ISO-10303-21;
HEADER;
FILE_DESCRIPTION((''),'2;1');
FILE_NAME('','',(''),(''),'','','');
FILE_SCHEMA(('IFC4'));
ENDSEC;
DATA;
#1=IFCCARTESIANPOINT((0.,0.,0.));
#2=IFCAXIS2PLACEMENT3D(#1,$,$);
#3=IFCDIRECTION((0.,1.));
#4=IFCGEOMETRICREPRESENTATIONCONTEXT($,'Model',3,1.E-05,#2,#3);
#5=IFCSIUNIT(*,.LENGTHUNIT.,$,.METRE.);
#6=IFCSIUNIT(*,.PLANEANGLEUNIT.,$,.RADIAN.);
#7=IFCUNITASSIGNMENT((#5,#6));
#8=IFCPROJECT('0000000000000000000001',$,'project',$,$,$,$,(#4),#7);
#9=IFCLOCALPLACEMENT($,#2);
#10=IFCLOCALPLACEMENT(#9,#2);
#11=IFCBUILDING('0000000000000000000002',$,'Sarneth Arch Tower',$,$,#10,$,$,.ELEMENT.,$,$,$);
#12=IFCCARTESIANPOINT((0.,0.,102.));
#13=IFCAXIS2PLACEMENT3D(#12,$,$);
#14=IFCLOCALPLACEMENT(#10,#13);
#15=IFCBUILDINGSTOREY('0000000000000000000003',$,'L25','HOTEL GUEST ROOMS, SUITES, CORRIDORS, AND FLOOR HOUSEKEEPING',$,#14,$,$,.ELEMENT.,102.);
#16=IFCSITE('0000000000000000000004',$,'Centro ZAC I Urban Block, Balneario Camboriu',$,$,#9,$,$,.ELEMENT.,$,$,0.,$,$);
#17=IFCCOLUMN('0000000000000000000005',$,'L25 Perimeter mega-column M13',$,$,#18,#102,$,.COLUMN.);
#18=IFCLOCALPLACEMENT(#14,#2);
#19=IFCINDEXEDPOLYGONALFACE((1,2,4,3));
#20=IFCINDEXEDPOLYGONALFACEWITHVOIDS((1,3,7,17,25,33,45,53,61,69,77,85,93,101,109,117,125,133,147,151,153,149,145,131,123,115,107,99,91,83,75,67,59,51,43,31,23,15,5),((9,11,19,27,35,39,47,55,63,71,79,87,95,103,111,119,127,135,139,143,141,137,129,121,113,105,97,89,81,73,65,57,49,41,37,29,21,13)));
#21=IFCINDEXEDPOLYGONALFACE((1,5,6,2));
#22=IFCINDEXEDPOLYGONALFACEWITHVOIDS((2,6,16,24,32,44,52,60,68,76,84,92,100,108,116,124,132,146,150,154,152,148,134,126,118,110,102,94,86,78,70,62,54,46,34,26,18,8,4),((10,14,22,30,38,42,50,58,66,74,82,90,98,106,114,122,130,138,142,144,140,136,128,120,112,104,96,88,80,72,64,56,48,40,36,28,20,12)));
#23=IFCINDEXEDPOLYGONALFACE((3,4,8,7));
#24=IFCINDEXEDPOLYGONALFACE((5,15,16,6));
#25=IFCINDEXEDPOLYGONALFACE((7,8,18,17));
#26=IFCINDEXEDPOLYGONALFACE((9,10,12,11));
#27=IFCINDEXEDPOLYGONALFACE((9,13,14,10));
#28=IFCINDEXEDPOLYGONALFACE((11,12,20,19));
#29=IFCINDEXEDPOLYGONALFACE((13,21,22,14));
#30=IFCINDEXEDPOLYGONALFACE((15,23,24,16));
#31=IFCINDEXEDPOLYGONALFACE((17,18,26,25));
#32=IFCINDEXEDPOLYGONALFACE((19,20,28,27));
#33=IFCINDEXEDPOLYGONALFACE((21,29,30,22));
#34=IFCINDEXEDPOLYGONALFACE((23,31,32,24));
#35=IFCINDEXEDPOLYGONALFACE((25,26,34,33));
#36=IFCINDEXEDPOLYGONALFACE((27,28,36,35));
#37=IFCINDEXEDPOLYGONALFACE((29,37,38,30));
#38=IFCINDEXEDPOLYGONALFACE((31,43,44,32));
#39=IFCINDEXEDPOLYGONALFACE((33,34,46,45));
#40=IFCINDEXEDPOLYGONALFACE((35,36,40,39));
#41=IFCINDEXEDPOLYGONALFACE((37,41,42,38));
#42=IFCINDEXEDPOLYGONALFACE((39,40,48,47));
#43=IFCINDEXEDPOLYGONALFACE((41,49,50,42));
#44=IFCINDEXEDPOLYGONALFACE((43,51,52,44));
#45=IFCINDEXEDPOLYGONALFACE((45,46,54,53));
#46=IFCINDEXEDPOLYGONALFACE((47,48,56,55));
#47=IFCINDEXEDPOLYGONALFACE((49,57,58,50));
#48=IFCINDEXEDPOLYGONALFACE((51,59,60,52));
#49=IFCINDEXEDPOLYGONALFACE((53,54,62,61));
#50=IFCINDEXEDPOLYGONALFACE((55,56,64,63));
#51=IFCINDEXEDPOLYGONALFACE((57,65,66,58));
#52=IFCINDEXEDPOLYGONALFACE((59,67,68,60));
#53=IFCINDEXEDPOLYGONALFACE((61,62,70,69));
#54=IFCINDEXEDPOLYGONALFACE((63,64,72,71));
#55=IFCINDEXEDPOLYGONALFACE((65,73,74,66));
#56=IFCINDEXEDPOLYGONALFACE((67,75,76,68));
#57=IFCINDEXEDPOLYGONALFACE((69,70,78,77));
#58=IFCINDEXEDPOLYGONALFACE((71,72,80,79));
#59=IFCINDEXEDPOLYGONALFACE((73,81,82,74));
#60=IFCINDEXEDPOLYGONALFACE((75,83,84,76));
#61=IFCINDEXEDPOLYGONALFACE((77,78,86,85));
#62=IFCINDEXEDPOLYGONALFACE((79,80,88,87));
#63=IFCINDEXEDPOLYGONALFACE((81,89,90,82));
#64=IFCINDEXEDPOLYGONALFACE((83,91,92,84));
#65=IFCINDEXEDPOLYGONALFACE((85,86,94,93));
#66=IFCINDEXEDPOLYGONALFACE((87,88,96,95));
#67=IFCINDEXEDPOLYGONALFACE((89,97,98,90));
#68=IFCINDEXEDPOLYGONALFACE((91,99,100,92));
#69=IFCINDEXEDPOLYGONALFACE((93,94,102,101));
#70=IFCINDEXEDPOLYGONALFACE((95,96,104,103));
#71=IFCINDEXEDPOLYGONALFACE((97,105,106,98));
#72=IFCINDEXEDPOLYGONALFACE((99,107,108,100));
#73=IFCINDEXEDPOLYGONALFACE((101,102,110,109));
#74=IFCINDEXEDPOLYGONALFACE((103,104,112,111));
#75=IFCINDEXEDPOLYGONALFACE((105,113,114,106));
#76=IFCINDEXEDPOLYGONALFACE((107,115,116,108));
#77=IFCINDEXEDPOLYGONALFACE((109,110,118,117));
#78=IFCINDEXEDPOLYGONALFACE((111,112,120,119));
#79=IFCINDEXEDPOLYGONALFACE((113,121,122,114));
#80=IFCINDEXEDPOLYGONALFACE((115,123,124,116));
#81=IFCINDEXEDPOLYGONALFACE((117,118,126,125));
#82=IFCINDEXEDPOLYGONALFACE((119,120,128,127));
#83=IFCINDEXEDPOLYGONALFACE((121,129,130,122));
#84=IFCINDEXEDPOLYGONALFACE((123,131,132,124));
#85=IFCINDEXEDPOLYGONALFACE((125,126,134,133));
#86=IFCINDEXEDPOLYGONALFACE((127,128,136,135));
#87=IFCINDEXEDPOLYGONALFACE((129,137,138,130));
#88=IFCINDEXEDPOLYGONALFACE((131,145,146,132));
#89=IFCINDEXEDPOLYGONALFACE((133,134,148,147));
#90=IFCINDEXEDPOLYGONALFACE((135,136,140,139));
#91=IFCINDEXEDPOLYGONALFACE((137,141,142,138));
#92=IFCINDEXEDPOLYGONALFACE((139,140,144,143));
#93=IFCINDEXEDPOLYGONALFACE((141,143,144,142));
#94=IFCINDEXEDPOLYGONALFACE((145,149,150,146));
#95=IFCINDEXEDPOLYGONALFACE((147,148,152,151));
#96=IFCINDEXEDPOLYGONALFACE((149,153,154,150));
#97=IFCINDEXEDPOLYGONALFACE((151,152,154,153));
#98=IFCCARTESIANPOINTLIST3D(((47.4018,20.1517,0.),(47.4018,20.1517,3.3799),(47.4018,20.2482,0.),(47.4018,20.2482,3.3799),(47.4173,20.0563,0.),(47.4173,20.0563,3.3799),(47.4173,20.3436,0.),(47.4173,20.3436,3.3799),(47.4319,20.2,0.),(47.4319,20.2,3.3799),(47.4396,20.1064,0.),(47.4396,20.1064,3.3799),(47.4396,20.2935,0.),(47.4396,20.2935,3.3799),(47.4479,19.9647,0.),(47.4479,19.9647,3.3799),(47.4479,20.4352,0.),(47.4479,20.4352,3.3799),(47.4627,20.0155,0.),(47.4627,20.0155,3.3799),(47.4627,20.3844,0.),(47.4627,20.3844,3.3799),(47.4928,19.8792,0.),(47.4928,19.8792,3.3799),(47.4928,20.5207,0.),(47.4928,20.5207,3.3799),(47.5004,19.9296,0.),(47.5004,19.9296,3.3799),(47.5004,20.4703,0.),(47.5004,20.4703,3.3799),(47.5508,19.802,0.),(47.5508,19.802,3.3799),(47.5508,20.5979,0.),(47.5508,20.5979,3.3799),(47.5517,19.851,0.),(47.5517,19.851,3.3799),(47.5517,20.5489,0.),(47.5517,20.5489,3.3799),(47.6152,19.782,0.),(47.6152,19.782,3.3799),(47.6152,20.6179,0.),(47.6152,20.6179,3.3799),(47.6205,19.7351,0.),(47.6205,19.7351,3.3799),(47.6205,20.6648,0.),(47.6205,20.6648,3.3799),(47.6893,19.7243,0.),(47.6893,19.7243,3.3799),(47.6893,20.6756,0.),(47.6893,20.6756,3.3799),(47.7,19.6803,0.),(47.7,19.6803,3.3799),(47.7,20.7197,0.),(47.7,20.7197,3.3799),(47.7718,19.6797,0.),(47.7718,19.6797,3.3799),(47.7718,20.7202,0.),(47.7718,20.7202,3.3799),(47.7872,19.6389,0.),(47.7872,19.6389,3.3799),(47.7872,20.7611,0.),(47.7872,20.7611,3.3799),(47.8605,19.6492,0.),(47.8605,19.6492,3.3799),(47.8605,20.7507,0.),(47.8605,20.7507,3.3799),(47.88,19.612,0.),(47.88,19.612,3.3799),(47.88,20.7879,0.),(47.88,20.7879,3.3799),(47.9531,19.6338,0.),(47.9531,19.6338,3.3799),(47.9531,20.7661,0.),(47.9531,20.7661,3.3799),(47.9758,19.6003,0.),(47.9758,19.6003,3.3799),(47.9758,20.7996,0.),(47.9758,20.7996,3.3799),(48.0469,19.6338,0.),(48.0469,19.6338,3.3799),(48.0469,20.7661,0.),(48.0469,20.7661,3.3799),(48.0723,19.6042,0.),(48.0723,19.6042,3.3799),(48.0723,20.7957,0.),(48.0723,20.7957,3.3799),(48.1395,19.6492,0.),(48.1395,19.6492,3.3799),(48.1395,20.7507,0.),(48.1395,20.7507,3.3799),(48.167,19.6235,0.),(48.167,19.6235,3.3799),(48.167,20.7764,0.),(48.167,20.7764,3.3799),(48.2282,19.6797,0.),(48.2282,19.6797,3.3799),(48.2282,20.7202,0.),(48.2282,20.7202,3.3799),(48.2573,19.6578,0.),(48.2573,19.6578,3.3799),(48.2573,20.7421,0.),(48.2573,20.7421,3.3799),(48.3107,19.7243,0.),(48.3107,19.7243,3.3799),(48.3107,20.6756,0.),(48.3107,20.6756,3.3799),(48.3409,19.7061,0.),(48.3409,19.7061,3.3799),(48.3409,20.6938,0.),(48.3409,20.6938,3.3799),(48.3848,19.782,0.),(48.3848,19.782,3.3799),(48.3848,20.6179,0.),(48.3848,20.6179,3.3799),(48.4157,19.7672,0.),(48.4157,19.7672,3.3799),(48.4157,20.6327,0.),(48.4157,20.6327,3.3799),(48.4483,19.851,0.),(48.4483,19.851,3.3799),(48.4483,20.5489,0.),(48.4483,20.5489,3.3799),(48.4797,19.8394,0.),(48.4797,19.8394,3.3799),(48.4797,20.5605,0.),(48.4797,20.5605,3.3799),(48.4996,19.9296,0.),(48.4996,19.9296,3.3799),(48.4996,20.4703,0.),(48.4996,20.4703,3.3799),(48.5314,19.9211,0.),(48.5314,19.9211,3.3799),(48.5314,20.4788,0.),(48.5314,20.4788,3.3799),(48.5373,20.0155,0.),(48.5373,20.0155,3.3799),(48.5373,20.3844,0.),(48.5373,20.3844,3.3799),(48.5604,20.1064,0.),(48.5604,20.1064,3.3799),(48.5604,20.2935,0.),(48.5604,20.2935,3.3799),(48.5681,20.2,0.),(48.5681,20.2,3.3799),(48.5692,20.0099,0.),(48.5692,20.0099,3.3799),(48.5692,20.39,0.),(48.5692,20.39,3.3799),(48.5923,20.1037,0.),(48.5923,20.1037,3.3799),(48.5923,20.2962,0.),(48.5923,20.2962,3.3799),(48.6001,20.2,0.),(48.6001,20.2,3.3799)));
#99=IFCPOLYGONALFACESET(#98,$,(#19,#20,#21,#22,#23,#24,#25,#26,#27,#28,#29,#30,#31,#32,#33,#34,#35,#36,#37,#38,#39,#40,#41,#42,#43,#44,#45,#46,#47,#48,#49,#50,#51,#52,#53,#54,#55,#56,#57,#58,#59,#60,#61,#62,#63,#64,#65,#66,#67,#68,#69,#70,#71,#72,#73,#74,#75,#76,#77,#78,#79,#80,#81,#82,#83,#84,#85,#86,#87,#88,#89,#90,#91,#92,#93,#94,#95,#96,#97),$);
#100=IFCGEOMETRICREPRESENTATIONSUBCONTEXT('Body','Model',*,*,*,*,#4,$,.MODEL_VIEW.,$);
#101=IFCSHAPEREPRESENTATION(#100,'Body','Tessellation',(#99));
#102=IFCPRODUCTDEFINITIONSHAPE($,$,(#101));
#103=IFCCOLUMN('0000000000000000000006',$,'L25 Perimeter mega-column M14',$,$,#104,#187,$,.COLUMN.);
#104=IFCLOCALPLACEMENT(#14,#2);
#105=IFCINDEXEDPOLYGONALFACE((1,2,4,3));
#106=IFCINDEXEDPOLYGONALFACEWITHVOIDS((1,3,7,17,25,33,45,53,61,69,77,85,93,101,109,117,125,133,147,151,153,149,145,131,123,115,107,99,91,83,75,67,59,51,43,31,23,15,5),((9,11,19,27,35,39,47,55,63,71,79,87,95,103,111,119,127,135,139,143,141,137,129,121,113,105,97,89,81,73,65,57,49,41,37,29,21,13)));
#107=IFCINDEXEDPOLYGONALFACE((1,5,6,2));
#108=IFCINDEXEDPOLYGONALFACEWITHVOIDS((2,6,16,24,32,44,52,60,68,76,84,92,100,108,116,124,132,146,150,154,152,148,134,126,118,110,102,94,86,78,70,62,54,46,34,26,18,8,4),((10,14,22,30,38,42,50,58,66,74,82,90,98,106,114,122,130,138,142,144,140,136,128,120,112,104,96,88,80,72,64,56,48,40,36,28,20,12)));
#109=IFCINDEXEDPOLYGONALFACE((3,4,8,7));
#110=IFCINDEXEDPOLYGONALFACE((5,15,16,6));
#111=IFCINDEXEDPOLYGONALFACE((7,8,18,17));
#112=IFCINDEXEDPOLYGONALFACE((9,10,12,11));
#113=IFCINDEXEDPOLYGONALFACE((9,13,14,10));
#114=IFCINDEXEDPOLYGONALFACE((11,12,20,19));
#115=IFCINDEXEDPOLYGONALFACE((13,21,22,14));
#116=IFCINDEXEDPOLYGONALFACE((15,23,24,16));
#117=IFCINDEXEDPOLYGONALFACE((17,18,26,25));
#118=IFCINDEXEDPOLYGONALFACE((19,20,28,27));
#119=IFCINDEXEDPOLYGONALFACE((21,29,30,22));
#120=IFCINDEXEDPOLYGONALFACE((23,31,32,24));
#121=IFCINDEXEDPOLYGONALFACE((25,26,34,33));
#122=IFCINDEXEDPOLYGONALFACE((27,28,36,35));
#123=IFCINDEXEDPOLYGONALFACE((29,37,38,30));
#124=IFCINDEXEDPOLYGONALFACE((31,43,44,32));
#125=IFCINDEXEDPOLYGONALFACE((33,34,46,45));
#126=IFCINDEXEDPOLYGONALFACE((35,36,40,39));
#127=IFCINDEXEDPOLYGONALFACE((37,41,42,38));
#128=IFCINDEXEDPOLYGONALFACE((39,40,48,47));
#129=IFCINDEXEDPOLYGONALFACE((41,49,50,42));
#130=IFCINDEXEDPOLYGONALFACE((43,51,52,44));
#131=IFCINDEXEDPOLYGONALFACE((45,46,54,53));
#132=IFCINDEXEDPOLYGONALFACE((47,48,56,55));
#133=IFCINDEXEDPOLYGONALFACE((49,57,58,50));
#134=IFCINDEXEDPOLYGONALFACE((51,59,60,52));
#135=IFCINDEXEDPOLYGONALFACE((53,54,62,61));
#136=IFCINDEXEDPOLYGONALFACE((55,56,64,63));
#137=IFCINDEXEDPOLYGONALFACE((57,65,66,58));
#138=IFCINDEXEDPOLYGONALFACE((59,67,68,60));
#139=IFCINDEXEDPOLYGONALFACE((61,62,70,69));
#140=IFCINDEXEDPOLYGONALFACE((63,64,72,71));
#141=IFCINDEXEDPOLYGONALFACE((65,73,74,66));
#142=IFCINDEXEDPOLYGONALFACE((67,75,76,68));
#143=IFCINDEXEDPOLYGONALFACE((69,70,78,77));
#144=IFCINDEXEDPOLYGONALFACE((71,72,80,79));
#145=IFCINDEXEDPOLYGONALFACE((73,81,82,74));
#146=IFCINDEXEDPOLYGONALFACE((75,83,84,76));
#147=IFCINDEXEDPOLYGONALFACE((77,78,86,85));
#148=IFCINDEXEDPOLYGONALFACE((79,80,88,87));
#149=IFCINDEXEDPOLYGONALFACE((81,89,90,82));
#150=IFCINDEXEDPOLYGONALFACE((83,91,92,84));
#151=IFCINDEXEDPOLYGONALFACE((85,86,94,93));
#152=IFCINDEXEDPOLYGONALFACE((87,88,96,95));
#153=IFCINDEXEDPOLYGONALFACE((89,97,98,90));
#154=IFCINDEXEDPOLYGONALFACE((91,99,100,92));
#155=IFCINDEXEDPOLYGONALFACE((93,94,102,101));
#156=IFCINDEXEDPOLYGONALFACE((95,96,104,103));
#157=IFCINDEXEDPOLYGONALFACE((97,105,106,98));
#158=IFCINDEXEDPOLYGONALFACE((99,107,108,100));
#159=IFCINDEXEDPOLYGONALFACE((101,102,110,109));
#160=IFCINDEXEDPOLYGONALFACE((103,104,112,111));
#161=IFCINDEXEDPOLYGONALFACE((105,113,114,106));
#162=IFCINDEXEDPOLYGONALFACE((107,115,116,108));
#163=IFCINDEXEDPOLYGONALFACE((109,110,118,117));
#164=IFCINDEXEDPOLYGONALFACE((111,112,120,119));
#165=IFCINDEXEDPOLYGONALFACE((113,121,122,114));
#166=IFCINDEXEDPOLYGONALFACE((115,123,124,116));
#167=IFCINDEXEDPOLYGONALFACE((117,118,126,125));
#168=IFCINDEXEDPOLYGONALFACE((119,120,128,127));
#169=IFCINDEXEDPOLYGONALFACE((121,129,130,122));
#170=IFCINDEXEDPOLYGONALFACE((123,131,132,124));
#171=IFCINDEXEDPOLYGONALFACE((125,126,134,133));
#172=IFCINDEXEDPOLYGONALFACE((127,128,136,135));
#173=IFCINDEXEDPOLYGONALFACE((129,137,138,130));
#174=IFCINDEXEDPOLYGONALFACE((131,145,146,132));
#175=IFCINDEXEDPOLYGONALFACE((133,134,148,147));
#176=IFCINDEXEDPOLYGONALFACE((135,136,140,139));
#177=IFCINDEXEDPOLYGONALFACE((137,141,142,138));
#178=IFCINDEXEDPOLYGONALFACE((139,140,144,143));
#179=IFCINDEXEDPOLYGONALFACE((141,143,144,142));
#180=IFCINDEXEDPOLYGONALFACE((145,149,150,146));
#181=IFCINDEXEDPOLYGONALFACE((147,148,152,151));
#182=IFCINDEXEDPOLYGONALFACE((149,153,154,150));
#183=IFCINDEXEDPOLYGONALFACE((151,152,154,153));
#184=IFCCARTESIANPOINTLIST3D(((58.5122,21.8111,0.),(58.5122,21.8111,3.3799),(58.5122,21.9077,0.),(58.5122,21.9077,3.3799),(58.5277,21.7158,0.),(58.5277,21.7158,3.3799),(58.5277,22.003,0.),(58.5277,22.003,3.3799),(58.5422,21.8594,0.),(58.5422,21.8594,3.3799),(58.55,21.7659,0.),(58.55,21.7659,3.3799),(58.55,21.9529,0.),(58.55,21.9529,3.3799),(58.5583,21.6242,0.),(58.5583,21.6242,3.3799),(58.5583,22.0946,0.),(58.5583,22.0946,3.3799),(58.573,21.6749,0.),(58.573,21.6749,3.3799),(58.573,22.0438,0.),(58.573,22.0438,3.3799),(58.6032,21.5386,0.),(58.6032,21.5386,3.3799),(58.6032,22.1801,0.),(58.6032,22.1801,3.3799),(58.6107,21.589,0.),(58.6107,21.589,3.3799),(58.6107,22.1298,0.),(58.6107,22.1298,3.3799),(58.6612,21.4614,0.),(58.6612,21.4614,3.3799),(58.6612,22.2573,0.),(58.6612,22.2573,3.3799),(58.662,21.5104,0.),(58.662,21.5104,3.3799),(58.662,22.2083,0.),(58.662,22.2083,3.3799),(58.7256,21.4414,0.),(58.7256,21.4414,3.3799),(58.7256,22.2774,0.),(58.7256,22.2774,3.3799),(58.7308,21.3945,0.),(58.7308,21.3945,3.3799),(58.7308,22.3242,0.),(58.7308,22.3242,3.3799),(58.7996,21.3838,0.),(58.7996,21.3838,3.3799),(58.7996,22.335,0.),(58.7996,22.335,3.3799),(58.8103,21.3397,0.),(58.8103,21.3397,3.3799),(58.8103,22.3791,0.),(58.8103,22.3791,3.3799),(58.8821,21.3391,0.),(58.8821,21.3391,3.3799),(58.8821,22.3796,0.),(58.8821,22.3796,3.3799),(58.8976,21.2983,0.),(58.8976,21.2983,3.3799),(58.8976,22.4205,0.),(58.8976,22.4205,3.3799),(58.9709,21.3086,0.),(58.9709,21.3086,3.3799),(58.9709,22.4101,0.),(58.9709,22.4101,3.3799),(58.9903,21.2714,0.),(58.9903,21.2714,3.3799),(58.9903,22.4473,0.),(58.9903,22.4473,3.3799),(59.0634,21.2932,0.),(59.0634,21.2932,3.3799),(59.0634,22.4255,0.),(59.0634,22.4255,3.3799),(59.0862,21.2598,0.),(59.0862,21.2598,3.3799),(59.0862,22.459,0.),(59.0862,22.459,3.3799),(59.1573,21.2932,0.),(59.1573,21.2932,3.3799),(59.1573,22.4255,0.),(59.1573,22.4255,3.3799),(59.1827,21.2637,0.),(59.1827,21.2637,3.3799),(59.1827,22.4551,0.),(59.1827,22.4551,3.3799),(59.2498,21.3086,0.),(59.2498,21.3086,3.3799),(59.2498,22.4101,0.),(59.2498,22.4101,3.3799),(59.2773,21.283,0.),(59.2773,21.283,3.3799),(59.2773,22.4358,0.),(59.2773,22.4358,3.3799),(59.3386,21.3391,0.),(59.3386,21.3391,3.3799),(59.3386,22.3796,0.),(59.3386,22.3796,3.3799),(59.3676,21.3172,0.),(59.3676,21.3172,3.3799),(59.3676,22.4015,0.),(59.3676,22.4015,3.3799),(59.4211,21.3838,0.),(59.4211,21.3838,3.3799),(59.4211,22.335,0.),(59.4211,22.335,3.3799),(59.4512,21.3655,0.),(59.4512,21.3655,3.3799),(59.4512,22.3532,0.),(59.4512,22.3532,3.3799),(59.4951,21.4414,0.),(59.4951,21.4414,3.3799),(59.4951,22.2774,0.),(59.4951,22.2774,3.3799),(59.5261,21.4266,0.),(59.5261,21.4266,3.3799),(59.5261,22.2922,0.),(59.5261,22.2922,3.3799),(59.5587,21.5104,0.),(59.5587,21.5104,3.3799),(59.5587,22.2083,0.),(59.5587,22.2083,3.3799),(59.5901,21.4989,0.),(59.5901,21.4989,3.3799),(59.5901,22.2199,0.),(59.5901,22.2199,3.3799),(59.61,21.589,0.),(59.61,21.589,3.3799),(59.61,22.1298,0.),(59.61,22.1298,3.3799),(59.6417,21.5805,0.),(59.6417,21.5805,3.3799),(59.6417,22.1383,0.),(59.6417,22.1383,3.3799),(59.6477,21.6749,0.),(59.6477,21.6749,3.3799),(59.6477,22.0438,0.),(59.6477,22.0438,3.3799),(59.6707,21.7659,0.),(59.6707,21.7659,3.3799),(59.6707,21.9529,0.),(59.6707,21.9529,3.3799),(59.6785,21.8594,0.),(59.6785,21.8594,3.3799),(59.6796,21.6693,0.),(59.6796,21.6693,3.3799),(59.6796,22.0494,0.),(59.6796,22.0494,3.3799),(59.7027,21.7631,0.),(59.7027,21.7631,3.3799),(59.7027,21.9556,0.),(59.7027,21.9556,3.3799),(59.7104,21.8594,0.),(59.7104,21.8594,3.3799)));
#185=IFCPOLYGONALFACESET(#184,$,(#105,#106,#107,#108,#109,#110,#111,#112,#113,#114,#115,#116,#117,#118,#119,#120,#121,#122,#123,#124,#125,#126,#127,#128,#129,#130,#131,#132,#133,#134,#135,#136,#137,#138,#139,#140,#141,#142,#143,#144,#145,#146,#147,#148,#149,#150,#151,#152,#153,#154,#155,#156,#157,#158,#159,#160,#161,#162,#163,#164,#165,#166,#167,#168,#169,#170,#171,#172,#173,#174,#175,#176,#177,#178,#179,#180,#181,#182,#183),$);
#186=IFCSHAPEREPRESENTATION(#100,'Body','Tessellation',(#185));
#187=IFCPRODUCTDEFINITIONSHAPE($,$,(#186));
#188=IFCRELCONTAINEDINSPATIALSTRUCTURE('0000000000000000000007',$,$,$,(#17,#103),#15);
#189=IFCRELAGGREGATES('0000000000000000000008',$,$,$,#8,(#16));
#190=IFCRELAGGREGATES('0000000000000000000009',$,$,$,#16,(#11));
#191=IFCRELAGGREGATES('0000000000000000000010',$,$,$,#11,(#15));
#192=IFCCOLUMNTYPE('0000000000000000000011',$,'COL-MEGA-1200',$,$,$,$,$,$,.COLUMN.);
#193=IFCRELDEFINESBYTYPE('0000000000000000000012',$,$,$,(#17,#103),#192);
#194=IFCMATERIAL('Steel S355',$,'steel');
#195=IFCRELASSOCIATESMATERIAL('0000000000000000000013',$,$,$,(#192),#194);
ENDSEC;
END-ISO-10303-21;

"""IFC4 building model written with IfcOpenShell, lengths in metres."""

from ifc_helpers import new_model, si_unit, direction, frame, origin, origin_2d, place, context, subcontext, project, spatial, hollow_circle, extrude, material, material_profile, profile_set, type_object, element, save


model = new_model("IFC4")

# Units and contexts
model_context = context("Model", 3, precision=1e-05, world=origin(), true_north=direction((0.0, 1.0)))
body_context = subcontext(model_context, "Body", "Model", "MODEL_VIEW")
ifc_project = project(units=[si_unit("LENGTHUNIT", "METRE"), si_unit("PLANEANGLEUNIT", "RADIAN")], contexts=[model_context])

# Site, building, storey
site_placement = place(None, origin())
site = spatial("IfcSite", under=ifc_project, at=site_placement, Name="Centro ZAC I Urban Block, Balneario Camboriu", CompositionType="ELEMENT", RefElevation=0.0)
building_placement = place(site_placement, origin())
building = spatial("IfcBuilding", under=site, at=building_placement, Name="Sarneth Arch Tower", CompositionType="ELEMENT")
storey_placement = place(building_placement, frame((0.0, 0.0, 102.0)))
storey = spatial("IfcBuildingStorey", under=building, at=storey_placement, Name="L25", Description="HOTEL GUEST ROOMS, SUITES, CORRIDORS, AND FLOOR HOUSEKEEPING", CompositionType="ELEMENT", Elevation=102.0)

# Columns
ifc_material_1 = material(Name="Steel S355", Category="steel")
ifc_material_profile_1 = material_profile(ifc_material_1, hollow_circle(Radius=0.6001, WallThickness=0.032, at=origin_2d()), Name="CHS1200x32")
ifc_profile_set_1 = profile_set([ifc_material_profile_1], Name="Steel S355")
column_type = type_object("IfcColumnType", Name="COL-MEGA-1200", PredefinedType="COLUMN", material=ifc_profile_set_1)
for number, where, z_axis, x_axis, name in (
    (1, (48.0, 20.2, 0.0), (0.0, 0.0, 1.0), (1.0, 0.0, 0.0), "L25 Perimeter mega-column M13"),
    (2, (59.1104, 21.8594, 0.0), (0.0, 0.0, 1.0), (1.0, 0.0, 0.0), "L25 Perimeter mega-column M14"),
):
    element("IfcColumn", number, at=place(storey_placement, frame(where, z_axis=z_axis, x_axis=x_axis)), inside=storey, type_object=column_type, Name=name, PredefinedType="COLUMN", context=body_context, shape_type="SweptSolid", body=[
        extrude(hollow_circle(Radius=0.6001, WallThickness=0.032, at=origin_2d()), origin(), (0.0, 0.0, 1.0), 3.3799),
    ])

save(model, "model.ifc")
